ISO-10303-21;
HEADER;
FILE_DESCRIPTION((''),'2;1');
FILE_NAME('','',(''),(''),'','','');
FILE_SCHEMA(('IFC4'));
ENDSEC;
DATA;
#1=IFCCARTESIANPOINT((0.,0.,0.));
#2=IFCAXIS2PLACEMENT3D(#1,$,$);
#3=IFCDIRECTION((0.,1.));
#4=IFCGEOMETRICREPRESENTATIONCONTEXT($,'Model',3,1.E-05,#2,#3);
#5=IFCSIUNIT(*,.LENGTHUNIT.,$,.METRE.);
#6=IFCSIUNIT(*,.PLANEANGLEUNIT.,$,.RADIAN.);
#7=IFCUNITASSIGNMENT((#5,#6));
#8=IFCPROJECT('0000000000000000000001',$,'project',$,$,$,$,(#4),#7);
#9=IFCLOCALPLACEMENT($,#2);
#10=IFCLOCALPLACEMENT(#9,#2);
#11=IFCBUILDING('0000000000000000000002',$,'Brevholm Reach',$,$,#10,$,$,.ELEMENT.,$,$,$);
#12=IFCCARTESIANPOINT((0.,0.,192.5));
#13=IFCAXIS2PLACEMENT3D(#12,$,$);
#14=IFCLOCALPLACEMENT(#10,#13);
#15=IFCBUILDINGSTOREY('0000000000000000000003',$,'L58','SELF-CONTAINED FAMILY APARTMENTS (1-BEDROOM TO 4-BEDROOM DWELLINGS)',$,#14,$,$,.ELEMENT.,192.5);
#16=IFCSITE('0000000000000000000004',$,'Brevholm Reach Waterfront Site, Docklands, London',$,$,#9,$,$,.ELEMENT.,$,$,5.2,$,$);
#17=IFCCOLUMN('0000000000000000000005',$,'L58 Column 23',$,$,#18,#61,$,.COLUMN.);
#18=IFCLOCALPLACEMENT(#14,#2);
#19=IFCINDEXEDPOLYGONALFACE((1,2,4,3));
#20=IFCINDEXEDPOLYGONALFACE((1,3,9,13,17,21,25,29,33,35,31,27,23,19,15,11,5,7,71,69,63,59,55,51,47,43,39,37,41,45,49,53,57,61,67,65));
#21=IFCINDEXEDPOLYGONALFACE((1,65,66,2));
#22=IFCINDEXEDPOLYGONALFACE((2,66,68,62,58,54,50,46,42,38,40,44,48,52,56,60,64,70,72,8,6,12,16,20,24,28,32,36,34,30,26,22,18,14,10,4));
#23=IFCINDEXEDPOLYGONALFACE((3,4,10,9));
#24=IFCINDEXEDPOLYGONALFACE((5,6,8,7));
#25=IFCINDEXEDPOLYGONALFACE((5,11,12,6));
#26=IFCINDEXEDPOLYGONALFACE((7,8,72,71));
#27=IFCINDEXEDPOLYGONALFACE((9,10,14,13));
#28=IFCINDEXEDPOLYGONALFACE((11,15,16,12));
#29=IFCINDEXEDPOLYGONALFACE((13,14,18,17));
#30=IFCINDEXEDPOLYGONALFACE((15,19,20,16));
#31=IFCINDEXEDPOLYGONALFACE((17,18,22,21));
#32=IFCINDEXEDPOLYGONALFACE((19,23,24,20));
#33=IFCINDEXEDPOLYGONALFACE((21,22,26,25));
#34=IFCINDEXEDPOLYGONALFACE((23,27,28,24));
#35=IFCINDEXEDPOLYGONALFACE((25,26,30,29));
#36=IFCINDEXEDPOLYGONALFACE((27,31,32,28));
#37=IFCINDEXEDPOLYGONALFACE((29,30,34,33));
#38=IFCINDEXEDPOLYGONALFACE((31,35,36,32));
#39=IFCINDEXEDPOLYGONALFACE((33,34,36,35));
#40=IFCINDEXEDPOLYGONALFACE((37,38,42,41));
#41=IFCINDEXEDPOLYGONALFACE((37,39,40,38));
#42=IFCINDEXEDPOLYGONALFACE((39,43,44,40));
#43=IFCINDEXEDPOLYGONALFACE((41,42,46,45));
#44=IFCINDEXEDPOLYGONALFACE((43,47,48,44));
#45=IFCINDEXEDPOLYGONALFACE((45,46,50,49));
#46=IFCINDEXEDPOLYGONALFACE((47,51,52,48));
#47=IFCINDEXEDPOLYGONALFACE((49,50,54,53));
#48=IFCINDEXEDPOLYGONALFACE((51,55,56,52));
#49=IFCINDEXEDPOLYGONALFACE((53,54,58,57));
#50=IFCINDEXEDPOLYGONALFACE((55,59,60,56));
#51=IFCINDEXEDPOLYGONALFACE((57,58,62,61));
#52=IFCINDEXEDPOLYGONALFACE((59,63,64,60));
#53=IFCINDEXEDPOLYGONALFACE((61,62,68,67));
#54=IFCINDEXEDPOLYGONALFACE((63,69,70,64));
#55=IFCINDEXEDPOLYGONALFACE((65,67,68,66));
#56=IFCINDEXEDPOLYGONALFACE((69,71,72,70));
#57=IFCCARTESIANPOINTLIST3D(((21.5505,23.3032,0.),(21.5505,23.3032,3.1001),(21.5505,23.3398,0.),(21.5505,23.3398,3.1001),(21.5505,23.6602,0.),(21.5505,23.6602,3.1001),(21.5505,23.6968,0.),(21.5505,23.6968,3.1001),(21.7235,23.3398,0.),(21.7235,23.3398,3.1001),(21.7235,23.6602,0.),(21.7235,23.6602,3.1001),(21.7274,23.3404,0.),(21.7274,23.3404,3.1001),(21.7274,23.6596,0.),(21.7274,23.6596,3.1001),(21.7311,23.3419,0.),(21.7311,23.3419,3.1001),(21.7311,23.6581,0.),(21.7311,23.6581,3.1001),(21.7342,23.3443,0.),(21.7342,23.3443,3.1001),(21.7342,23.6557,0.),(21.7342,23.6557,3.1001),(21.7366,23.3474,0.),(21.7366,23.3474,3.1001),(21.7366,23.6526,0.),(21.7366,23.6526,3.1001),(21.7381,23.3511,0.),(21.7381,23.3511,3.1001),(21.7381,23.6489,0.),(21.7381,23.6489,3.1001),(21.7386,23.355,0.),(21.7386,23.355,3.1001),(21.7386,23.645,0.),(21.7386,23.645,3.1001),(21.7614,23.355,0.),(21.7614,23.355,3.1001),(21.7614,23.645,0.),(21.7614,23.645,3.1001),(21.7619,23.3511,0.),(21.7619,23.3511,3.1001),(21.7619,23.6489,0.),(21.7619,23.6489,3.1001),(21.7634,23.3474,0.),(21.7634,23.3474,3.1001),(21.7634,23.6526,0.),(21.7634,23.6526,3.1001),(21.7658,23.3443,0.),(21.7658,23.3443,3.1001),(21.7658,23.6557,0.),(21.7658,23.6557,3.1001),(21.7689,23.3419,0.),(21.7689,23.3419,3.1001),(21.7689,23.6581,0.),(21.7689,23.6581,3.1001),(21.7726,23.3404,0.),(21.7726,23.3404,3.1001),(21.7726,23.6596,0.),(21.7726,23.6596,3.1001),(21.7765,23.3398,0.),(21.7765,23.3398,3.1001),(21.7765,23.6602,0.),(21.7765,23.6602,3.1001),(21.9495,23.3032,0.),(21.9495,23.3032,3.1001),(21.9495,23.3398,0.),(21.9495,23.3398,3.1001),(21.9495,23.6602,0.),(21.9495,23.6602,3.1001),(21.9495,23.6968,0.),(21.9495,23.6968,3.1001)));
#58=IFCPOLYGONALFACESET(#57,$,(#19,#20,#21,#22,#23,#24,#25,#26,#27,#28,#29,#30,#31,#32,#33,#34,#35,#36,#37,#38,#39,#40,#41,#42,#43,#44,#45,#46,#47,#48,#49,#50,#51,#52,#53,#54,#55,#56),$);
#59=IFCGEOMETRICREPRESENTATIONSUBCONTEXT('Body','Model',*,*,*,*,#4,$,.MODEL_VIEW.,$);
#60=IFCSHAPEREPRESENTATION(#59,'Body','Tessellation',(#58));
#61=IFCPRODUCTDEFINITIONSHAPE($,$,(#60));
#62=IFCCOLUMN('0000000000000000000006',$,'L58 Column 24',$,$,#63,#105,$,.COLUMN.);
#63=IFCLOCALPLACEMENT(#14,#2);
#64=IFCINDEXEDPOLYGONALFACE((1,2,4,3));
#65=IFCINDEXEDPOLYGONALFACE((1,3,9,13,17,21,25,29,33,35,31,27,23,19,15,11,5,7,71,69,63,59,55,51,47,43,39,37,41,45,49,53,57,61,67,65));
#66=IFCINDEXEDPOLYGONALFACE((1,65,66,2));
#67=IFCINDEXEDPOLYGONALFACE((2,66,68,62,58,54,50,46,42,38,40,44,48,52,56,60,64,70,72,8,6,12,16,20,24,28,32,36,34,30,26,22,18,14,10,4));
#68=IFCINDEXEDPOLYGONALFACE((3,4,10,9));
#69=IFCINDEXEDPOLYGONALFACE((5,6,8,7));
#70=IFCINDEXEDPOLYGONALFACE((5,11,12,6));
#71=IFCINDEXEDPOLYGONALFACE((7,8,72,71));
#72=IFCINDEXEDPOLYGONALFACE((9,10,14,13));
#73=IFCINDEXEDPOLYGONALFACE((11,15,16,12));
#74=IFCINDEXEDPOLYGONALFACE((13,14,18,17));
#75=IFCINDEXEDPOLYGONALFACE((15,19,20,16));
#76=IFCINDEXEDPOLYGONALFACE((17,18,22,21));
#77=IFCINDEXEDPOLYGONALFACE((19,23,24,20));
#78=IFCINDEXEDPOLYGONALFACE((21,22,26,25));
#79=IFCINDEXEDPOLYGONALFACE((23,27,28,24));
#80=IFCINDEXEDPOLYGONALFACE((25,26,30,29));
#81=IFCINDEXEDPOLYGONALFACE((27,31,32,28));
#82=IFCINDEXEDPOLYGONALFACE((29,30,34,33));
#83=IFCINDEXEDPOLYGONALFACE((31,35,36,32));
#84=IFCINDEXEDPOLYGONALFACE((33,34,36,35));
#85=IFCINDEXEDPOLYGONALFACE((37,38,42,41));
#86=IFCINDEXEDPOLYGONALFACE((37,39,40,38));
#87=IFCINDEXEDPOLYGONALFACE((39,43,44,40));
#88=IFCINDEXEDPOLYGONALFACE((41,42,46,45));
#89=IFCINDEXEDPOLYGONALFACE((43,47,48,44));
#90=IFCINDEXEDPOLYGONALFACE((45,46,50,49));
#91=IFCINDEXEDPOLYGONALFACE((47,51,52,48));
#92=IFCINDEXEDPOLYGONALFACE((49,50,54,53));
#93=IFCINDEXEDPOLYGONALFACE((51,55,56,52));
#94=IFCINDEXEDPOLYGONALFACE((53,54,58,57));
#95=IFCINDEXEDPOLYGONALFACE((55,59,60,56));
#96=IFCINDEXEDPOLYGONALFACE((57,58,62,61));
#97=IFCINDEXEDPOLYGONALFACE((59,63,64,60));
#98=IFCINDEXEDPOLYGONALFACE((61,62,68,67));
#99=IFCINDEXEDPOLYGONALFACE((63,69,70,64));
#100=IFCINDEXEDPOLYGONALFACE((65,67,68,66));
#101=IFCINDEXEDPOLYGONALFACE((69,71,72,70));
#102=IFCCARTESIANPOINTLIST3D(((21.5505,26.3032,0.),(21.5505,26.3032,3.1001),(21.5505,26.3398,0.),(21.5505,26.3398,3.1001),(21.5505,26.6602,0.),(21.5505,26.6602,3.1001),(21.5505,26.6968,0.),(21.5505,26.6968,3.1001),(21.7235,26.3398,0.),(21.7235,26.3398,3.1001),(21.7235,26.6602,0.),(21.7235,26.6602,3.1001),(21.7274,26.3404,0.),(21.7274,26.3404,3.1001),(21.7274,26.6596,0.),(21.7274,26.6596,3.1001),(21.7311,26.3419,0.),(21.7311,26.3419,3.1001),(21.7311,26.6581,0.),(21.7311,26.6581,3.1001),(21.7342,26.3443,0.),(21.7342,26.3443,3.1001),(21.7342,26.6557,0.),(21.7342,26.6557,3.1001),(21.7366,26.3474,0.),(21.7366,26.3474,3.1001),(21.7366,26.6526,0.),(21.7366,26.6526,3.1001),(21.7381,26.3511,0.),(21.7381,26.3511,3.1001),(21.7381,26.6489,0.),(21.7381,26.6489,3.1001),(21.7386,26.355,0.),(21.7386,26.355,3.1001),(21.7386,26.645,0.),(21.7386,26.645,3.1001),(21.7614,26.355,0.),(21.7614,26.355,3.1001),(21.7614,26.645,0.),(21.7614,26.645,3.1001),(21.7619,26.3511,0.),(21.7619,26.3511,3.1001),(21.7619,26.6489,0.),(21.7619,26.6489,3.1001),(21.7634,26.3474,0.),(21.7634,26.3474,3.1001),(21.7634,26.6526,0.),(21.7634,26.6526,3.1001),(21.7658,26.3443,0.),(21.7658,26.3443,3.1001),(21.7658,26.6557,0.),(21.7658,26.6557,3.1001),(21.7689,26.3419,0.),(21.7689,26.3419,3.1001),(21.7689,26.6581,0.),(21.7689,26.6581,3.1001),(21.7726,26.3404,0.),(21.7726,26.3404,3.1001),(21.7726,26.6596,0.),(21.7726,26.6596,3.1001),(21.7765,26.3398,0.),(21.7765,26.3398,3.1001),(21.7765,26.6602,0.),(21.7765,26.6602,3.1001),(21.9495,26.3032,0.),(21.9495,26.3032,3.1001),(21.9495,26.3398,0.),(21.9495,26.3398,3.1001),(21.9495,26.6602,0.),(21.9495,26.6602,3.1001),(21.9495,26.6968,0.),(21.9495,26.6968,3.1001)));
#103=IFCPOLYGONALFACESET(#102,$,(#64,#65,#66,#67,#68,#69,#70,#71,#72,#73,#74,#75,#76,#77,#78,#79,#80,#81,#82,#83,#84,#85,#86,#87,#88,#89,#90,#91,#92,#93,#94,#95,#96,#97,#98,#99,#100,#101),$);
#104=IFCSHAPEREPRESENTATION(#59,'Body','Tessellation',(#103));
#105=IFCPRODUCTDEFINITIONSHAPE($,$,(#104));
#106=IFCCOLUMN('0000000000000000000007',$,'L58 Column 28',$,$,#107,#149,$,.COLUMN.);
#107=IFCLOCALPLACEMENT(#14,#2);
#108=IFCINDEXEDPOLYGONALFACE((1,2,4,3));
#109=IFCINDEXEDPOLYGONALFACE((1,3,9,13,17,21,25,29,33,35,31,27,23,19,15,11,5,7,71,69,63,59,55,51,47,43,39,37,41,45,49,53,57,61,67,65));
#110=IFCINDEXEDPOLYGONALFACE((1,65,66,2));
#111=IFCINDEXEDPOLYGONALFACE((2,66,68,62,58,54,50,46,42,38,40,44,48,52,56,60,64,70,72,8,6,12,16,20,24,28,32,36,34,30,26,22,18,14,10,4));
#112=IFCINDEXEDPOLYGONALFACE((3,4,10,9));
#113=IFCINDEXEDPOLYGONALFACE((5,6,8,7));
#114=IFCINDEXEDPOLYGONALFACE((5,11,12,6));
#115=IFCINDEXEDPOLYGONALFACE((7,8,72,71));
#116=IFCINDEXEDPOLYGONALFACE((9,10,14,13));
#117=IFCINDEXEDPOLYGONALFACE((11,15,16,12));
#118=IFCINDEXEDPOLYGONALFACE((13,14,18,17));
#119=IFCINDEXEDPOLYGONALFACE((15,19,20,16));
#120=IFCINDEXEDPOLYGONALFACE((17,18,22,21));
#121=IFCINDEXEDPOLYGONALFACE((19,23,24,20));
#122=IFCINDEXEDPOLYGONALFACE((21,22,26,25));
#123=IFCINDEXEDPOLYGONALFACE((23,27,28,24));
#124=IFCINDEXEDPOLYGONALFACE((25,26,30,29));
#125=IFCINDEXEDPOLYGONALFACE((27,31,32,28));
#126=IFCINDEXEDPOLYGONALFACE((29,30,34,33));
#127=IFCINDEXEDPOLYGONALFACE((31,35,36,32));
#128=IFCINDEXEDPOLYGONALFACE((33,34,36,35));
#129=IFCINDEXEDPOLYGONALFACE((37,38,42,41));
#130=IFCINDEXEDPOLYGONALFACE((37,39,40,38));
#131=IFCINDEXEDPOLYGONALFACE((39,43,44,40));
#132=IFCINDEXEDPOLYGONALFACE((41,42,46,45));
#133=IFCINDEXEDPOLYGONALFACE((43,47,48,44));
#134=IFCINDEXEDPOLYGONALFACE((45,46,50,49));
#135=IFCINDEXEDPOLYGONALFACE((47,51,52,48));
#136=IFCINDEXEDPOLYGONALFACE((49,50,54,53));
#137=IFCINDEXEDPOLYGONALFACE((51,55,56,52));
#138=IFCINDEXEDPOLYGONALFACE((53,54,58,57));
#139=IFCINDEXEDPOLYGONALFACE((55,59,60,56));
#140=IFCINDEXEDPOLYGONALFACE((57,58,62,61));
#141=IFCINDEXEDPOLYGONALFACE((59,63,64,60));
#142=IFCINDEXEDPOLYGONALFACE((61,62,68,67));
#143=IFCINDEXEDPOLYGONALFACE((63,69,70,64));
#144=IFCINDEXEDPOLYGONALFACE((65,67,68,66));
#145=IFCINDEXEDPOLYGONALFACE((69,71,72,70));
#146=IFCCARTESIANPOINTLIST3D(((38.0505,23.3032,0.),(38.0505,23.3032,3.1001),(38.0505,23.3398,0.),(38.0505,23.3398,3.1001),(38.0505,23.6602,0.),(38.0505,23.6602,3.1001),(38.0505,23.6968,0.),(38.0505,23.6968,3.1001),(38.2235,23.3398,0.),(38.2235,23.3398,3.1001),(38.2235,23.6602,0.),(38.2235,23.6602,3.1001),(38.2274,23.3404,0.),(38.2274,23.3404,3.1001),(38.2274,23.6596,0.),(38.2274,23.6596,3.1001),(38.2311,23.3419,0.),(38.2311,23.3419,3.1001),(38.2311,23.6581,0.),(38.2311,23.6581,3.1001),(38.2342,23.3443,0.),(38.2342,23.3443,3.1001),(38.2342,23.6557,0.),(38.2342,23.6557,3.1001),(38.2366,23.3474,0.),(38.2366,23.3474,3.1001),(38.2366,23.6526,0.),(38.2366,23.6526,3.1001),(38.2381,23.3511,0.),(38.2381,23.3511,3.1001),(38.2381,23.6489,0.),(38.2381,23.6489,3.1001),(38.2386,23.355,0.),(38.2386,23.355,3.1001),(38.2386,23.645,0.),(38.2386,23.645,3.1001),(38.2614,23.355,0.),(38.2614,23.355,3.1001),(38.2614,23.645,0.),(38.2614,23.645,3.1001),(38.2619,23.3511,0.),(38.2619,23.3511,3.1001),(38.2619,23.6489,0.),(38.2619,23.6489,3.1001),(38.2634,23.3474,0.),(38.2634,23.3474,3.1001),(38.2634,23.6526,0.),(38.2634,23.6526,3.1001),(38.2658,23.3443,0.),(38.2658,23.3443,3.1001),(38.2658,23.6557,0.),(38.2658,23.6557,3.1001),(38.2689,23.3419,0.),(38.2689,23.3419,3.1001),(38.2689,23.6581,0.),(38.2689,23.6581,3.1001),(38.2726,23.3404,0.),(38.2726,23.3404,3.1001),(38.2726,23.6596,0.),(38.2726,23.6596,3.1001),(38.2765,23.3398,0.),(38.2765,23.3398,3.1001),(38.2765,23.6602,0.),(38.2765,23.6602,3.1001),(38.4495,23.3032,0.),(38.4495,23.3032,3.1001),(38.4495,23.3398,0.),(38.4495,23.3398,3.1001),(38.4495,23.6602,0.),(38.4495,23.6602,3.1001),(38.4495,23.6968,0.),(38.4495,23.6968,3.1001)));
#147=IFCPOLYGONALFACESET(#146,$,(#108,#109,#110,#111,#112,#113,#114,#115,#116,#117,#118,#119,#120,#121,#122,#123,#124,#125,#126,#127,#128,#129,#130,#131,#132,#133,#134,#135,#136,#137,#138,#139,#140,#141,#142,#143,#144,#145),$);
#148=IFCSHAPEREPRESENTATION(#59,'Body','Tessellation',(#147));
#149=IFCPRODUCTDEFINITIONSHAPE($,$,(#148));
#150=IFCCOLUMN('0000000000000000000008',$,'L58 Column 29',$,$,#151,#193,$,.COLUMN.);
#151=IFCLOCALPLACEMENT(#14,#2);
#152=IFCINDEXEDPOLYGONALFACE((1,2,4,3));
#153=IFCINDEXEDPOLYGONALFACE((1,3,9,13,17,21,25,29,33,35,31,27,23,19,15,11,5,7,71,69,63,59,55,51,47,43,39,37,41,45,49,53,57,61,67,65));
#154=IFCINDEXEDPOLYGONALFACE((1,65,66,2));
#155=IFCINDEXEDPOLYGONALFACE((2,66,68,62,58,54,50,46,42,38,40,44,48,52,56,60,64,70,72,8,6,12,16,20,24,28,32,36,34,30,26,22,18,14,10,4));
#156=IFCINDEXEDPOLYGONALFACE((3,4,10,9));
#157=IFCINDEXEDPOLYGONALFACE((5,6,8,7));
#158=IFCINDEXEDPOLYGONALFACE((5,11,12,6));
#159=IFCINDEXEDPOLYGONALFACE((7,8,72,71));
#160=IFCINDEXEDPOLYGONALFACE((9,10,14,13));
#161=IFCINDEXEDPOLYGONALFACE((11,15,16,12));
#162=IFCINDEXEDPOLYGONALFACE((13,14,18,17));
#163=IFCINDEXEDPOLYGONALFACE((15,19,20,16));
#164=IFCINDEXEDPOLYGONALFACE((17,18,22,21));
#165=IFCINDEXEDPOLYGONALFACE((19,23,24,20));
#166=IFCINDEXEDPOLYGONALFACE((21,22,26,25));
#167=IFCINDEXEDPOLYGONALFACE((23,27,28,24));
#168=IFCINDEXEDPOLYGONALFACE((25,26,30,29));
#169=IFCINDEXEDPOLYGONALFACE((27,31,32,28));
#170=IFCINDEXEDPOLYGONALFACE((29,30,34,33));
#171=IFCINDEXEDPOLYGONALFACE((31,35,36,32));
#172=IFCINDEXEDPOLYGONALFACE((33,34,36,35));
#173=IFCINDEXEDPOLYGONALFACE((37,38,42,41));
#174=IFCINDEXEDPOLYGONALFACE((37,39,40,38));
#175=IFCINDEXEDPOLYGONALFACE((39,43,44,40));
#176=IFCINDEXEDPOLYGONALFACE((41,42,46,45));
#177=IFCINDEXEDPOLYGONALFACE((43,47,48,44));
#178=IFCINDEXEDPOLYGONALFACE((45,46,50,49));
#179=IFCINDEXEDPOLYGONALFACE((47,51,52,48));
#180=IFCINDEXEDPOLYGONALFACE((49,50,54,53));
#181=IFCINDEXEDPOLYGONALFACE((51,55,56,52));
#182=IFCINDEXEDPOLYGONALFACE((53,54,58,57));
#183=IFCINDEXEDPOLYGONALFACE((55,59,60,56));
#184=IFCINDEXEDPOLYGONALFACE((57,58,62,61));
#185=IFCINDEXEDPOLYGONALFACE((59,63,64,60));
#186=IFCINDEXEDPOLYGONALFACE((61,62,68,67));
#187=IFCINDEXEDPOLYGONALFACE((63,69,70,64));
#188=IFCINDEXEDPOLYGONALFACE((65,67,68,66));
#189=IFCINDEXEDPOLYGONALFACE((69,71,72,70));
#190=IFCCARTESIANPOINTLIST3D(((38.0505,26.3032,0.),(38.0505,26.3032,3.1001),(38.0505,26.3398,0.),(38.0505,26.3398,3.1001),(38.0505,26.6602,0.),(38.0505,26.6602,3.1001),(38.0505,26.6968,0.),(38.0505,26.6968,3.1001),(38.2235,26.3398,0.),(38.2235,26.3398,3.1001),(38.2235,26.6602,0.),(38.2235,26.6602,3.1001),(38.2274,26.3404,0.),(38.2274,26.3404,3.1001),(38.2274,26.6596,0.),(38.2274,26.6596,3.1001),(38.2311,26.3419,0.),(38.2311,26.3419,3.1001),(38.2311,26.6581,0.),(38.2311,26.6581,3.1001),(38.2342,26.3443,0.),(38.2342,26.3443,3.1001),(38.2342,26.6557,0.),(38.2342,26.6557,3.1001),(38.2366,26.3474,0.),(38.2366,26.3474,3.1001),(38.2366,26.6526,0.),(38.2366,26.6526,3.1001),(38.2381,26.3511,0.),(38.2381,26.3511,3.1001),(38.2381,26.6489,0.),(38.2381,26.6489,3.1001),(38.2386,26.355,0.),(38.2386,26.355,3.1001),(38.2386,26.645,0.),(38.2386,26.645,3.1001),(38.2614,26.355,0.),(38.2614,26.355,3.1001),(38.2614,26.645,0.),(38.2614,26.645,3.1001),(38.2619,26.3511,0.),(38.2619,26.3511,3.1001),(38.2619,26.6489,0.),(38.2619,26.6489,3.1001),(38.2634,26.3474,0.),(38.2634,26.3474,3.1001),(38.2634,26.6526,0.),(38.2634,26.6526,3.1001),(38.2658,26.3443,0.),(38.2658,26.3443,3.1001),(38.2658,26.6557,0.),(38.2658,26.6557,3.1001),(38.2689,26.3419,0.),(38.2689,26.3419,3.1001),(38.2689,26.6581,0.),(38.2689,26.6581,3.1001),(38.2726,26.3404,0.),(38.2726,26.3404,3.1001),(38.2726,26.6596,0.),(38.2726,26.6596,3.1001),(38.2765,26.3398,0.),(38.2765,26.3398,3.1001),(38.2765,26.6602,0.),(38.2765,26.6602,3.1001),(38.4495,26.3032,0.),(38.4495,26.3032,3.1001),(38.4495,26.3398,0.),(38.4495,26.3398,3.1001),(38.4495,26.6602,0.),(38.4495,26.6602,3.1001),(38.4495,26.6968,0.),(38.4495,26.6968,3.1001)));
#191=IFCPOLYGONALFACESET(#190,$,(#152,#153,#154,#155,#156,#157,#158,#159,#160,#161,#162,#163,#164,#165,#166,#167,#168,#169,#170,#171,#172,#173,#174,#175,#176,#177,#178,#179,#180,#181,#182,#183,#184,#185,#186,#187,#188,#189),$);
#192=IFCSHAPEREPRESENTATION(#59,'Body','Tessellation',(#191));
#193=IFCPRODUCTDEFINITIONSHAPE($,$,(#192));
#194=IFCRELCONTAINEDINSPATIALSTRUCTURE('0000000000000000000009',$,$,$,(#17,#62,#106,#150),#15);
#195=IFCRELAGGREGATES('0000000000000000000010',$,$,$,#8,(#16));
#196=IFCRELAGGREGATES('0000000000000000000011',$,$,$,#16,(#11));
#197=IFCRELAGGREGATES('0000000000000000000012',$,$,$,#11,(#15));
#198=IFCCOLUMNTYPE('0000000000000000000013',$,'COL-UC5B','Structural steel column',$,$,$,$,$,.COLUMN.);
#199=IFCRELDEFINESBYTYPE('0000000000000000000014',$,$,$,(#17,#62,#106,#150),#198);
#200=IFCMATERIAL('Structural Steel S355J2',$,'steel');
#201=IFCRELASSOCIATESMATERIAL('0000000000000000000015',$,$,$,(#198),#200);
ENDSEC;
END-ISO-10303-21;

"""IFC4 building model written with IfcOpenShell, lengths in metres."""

from ifc_helpers import new_model, si_unit, direction, frame, origin, origin_2d, place, context, subcontext, project, spatial, i_section, extrude, material, material_profile, profile_set, type_object, element, save


model = new_model("IFC4")

# Units and contexts
model_context = context("Model", 3, precision=1e-05, world=origin(), true_north=direction((0.0, 1.0)))
body_context = subcontext(model_context, "Body", "Model", "MODEL_VIEW")
ifc_project = project(units=[si_unit("LENGTHUNIT", "METRE"), si_unit("PLANEANGLEUNIT", "RADIAN")], contexts=[model_context])

# Site, building, storey
site_placement = place(None, origin())
site = spatial("IfcSite", under=ifc_project, at=site_placement, Name="Brevholm Reach Waterfront Site, Docklands, London", CompositionType="ELEMENT", RefElevation=5.2)
building_placement = place(site_placement, origin())
building = spatial("IfcBuilding", under=site, at=building_placement, Name="Brevholm Reach", CompositionType="ELEMENT")
storey_placement = place(building_placement, frame((0.0, 0.0, 192.5)))
storey = spatial("IfcBuildingStorey", under=building, at=storey_placement, Name="L58", Description="SELF-CONTAINED FAMILY APARTMENTS (1-BEDROOM TO 4-BEDROOM DWELLINGS)", CompositionType="ELEMENT", Elevation=192.5)

# Columns
ifc_material_1 = material(Name="Structural Steel S355J2", Category="steel")
ifc_material_profile_1 = material_profile(ifc_material_1, i_section(OverallWidth=0.3989, OverallDepth=0.3936, WebThickness=0.0227, FlangeThickness=0.0366, FilletRadius=0.0151, at=origin_2d()), Name="UKC 356x406x287")
ifc_profile_set_1 = profile_set([ifc_material_profile_1], Name="Structural Steel S355J2")
column_type = type_object("IfcColumnType", Name="COL-UC5B", Description="Structural steel column", PredefinedType="COLUMN", material=ifc_profile_set_1)
for number, where, z_axis, x_axis, name in (
    (1, (21.75, 23.5, 0.0), (0.0, 0.0, 1.0), (1.0, 0.0, 0.0), "L58 Column 23"),
    (2, (21.75, 26.5, 0.0), (0.0, 0.0, 1.0), (1.0, 0.0, 0.0), "L58 Column 24"),
    (3, (38.25, 23.5, 0.0), (0.0, 0.0, 1.0), (1.0, 0.0, 0.0), "L58 Column 28"),
    (4, (38.25, 26.5, 0.0), (0.0, 0.0, 1.0), (1.0, 0.0, 0.0), "L58 Column 29"),
):
    element("IfcColumn", number, at=place(storey_placement, frame(where, z_axis=z_axis, x_axis=x_axis)), inside=storey, type_object=column_type, Name=name, PredefinedType="COLUMN", context=body_context, shape_type="SweptSolid", body=[
        extrude(i_section(OverallWidth=0.3989, OverallDepth=0.3936, WebThickness=0.0227, FlangeThickness=0.0366, FilletRadius=0.0151, at=origin_2d()), origin(), (0.0, 0.0, 1.0), 3.1001),
    ])

save(model, "model.ifc")
